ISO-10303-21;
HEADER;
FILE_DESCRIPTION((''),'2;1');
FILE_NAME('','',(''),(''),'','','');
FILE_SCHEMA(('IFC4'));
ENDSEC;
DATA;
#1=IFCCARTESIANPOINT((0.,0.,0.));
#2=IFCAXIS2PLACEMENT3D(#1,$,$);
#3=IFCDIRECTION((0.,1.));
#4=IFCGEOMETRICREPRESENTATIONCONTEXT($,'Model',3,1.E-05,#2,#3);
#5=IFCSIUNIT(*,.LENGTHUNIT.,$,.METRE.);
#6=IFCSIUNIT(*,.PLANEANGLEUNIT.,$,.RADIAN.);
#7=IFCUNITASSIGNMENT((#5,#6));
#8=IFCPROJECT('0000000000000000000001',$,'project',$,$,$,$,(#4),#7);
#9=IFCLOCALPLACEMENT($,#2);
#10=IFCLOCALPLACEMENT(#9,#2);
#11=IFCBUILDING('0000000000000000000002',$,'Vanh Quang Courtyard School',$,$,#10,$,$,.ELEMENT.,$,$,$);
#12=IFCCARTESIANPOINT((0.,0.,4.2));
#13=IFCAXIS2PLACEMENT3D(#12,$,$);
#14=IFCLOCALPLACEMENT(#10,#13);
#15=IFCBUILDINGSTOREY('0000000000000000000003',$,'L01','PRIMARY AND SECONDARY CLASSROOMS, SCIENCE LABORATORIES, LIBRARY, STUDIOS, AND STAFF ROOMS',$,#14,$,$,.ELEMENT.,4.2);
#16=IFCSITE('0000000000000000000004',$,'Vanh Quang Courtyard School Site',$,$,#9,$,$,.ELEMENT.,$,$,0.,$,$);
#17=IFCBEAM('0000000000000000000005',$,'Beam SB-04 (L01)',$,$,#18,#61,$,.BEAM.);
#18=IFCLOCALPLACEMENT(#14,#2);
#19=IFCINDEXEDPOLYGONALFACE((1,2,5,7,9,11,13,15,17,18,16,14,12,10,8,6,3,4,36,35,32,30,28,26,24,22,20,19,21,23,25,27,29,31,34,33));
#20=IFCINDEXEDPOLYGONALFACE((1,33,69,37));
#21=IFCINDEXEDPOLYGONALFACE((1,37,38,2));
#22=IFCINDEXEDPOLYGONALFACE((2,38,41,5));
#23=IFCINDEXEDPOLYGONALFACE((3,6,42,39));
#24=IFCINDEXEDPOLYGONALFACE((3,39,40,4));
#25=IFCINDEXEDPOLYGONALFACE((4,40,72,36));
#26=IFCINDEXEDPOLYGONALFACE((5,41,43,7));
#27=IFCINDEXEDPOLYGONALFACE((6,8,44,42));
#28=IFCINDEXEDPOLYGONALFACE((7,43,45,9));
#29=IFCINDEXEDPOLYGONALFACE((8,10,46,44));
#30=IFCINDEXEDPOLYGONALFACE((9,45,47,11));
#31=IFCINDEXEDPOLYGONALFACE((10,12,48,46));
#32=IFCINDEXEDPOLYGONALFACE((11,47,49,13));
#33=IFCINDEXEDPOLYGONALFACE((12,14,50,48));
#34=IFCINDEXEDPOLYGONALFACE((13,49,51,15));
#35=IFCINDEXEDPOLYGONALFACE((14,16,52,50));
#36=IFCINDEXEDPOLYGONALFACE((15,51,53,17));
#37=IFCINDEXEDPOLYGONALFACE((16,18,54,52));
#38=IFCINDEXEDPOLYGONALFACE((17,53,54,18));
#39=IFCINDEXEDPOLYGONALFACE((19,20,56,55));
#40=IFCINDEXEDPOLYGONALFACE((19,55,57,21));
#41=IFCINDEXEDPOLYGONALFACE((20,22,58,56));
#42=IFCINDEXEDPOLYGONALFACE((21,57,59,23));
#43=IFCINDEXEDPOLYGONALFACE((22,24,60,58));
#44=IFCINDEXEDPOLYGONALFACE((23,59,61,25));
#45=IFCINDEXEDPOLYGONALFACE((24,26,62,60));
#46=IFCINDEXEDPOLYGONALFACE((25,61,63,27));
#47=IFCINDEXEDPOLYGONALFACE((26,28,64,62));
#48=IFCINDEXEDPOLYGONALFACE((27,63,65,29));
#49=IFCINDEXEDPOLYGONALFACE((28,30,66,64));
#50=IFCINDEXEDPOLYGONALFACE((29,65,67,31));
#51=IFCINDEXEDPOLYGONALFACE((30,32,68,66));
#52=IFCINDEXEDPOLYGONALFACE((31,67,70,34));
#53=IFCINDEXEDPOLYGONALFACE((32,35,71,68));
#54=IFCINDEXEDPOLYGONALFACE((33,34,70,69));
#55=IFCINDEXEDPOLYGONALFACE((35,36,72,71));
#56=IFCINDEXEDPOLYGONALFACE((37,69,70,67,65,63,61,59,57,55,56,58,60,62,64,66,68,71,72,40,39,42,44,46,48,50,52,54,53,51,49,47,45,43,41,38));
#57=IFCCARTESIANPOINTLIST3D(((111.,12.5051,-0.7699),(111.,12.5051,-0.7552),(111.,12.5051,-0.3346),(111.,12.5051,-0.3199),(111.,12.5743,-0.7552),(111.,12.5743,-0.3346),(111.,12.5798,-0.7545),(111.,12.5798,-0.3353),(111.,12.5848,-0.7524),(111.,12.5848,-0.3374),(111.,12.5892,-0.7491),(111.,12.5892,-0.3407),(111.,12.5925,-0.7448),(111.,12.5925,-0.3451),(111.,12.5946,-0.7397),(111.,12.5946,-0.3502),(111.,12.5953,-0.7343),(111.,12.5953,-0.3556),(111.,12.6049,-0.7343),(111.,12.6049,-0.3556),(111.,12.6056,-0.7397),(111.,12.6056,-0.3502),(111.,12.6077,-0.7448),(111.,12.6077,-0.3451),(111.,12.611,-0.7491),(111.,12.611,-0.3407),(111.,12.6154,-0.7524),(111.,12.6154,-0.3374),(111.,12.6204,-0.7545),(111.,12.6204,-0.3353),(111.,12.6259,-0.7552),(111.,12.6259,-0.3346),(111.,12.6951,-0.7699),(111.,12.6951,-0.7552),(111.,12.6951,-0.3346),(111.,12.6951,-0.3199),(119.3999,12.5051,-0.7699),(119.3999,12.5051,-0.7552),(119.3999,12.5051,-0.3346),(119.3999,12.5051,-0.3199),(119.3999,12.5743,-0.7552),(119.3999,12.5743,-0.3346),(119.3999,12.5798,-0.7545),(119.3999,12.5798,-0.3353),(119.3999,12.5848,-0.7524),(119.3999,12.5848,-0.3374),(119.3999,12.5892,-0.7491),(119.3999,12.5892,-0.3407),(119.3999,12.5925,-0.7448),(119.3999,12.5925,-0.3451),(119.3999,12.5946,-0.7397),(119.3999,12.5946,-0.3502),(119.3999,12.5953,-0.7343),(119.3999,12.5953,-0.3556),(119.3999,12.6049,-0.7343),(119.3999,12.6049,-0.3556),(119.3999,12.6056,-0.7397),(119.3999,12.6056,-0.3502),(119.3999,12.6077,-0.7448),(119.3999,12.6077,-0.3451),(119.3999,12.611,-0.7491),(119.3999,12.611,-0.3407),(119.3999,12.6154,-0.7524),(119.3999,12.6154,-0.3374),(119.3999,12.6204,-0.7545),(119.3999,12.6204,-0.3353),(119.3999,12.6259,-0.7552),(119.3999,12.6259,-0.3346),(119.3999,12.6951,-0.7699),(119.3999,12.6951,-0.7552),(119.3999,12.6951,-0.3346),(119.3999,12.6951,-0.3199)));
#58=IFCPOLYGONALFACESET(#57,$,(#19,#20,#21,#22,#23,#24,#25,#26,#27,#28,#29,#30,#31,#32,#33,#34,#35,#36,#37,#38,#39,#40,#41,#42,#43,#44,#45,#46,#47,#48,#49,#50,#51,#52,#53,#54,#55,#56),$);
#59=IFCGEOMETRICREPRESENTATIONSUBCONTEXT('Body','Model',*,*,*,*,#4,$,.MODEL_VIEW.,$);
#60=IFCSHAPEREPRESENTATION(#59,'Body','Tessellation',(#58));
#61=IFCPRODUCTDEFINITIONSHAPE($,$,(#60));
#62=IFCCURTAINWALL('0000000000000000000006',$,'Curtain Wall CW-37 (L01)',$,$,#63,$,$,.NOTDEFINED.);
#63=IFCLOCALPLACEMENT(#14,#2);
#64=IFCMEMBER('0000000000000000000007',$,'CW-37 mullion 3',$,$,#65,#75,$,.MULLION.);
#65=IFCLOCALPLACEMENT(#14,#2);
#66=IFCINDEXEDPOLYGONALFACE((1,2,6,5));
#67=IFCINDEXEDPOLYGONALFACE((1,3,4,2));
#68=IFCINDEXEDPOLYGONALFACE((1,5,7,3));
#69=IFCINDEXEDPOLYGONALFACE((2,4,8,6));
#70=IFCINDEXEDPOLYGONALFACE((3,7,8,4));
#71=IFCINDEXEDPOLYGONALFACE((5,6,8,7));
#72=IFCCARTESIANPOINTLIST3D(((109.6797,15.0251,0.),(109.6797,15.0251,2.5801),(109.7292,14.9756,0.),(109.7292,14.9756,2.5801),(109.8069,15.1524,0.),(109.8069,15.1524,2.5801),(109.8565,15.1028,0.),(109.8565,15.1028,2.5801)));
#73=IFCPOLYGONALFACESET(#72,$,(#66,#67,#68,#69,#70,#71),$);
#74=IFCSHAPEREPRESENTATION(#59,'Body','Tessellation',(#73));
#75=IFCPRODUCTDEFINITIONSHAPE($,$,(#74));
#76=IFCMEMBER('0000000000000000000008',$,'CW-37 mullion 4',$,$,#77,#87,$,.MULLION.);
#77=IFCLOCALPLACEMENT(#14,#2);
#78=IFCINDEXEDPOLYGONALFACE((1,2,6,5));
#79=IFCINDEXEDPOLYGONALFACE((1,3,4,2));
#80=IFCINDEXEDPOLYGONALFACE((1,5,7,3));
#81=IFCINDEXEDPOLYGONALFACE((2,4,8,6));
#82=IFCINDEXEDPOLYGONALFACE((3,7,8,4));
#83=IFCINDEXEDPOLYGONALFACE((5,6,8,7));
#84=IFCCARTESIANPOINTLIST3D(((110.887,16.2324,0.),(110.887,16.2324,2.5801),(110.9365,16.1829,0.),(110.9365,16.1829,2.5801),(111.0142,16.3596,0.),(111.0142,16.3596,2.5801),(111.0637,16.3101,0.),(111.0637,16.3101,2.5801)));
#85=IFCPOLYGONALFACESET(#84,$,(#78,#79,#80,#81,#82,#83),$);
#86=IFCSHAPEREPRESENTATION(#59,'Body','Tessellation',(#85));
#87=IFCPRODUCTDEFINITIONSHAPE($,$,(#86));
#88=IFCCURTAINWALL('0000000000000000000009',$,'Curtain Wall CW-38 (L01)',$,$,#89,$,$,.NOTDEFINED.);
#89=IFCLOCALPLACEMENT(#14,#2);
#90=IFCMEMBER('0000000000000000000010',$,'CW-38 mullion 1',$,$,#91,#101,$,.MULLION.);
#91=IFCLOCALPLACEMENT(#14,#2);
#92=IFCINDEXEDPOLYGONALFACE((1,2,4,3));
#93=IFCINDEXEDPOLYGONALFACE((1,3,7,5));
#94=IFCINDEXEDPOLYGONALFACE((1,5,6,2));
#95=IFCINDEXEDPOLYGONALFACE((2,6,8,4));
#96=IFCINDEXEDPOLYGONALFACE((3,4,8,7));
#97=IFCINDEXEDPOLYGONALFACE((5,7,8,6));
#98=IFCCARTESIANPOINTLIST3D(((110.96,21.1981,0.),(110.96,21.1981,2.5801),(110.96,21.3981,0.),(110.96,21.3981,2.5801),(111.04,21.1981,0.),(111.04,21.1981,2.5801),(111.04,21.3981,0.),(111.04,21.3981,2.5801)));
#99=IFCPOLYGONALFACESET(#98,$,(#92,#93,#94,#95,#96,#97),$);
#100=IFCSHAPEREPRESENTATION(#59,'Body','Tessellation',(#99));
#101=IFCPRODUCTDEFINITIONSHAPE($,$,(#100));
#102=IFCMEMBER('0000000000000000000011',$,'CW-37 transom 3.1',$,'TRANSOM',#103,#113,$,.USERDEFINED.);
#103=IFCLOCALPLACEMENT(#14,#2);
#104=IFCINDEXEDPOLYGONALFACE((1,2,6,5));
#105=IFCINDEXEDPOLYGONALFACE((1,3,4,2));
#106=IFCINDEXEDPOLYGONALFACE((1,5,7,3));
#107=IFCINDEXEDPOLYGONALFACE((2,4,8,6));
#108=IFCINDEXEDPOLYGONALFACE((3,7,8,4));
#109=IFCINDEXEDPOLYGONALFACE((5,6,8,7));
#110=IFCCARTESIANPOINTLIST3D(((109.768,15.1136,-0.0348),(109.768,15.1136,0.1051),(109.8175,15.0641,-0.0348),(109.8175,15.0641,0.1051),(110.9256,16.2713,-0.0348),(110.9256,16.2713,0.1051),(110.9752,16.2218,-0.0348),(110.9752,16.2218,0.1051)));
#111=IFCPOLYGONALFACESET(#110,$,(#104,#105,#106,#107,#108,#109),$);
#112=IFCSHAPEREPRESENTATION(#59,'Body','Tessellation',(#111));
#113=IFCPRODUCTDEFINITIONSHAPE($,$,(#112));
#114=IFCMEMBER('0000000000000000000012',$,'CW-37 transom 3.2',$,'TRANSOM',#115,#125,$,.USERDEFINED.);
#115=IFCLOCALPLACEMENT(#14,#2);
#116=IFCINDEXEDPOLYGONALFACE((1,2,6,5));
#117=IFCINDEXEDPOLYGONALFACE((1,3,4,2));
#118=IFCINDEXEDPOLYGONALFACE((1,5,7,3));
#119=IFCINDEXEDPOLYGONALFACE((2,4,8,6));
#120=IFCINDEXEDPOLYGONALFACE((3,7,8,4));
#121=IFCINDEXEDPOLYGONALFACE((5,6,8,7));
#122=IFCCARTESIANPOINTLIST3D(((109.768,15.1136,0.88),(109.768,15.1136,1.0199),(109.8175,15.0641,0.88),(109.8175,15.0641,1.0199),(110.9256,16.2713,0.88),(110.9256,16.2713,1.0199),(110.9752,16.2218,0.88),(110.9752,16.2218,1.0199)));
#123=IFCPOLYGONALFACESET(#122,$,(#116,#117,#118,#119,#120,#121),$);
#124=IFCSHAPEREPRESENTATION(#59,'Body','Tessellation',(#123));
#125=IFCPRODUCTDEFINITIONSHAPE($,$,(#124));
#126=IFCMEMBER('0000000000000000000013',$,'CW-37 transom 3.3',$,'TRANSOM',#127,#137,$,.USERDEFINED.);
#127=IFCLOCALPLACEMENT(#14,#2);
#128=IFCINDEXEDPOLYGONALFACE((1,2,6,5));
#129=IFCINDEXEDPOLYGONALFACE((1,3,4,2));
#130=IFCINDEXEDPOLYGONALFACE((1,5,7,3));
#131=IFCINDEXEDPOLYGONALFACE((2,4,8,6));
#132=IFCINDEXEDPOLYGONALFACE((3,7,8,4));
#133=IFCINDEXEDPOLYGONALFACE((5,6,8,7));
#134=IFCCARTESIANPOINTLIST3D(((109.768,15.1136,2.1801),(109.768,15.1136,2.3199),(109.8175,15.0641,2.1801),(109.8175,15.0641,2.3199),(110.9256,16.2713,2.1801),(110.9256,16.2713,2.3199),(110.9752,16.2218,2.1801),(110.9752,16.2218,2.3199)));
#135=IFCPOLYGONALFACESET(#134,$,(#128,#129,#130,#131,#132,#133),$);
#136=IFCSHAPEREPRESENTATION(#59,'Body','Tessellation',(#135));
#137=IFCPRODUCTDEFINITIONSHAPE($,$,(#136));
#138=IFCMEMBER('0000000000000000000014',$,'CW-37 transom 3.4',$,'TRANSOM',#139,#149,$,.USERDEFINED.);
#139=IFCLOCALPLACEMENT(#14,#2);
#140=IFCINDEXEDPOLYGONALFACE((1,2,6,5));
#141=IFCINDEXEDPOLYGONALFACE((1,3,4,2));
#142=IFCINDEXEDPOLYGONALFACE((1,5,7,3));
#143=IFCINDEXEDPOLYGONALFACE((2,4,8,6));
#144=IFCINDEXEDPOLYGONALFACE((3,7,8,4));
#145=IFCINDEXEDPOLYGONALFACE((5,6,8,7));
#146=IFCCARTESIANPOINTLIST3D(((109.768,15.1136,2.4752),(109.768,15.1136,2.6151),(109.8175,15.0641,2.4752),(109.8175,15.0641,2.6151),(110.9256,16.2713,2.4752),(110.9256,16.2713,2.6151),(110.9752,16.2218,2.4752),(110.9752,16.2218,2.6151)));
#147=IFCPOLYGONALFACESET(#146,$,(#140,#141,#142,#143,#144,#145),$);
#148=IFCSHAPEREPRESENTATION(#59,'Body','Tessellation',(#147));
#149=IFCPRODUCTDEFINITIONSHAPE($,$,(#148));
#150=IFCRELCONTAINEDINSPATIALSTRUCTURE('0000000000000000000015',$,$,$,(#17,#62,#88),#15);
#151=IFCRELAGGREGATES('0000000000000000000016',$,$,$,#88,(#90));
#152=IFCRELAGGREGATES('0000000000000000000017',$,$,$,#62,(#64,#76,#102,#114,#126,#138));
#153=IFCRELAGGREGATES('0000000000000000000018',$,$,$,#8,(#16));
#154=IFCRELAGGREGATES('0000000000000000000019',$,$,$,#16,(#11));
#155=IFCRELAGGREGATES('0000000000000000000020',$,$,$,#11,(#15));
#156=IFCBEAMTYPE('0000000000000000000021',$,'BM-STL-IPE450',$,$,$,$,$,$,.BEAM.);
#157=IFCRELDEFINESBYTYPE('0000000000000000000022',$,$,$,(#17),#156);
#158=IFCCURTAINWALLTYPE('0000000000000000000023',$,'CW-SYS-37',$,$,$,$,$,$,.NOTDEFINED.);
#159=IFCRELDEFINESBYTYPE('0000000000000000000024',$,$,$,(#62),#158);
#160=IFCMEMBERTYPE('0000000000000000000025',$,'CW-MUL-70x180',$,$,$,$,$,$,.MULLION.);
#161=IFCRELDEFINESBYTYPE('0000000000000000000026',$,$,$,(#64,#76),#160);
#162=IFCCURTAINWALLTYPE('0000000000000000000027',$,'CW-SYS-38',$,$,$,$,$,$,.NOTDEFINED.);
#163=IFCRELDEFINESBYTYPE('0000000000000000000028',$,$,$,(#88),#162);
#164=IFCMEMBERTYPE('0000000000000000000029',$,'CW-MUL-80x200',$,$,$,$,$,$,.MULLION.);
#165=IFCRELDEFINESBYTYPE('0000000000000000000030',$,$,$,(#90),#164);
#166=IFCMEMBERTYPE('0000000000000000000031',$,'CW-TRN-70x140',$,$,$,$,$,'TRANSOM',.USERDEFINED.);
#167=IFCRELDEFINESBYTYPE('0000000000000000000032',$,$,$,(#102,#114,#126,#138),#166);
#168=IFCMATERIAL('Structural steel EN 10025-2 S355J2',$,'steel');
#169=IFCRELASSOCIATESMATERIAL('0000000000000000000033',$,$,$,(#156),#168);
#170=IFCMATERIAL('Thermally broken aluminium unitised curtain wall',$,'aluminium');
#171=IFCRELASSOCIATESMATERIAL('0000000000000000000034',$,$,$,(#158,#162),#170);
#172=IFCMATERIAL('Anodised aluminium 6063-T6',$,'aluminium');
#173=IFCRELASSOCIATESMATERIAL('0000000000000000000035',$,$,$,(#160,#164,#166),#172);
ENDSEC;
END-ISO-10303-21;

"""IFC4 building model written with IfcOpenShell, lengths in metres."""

from ifc_helpers import new_model, si_unit, direction, frame, origin, origin_2d, place, context, subcontext, project, spatial, rectangle, i_section, extrude, material, material_profile, profile_set, type_object, element, aggregate, save


model = new_model("IFC4")

# Units and contexts
model_context = context("Model", 3, precision=1e-05, world=origin(), true_north=direction((0.0, 1.0)))
body_context = subcontext(model_context, "Body", "Model", "MODEL_VIEW")
ifc_project = project(units=[si_unit("LENGTHUNIT", "METRE"), si_unit("PLANEANGLEUNIT", "RADIAN")], contexts=[model_context])

# Site, building, storey
site_placement = place(None, origin())
site = spatial("IfcSite", under=ifc_project, at=site_placement, Name="Vanh Quang Courtyard School Site", CompositionType="ELEMENT", RefElevation=0.0)
building_placement = place(site_placement, origin())
building = spatial("IfcBuilding", under=site, at=building_placement, Name="Vanh Quang Courtyard School", CompositionType="ELEMENT")
storey_placement = place(building_placement, frame((0.0, 0.0, 4.2)))
storey = spatial("IfcBuildingStorey", under=building, at=storey_placement, Name="L01", Description="PRIMARY AND SECONDARY CLASSROOMS, SCIENCE LABORATORIES, LIBRARY, STUDIOS, AND STAFF ROOMS", CompositionType="ELEMENT", Elevation=4.2)

# Beam
ifc_material_1 = material(Name="Structural steel EN 10025-2 S355J2", Category="steel")
ifc_material_profile_1 = material_profile(ifc_material_1, i_section(OverallWidth=0.1899, OverallDepth=0.45, WebThickness=0.0095, FlangeThickness=0.0146, FilletRadius=0.021, at=origin_2d()), Name="IPE 450")
ifc_profile_set_1 = profile_set([ifc_material_profile_1], Name="Structural steel EN 10025-2 S355J2")
beam_type_1 = type_object("IfcBeamType", Name="BM-STL-IPE450", PredefinedType="BEAM", material=ifc_profile_set_1)
beam_1_placement = place(storey_placement, frame((111.0, 12.6001, -0.5449), z_axis=(1.0, 0.0, 0.0), x_axis=(0.0, 1.0, 0.0)))
element("IfcBeam", 1, at=beam_1_placement, inside=storey, type_object=beam_type_1, Name="Beam SB-04 (L01)", PredefinedType="BEAM", context=body_context, shape_type="SweptSolid", body=[
    extrude(i_section(OverallWidth=0.1899, OverallDepth=0.45, WebThickness=0.0095, FlangeThickness=0.0146, FilletRadius=0.021, at=origin_2d()), origin(), (0.0, 0.0, 1.0), 8.3999),
])

# Curtain wall, members
ifc_material_2 = material(Name="Thermally broken aluminium unitised curtain wall", Category="aluminium")
curtain_wall_type_1 = type_object("IfcCurtainWallType", Name="CW-SYS-37", PredefinedType="NOTDEFINED", material=ifc_material_2)
curtain_wall_1_placement = place(storey_placement, origin())
curtain_wall_1 = element("IfcCurtainWall", 2, at=curtain_wall_1_placement, inside=storey, type_object=curtain_wall_type_1, Name="Curtain Wall CW-37 (L01)", PredefinedType="NOTDEFINED")
ifc_material_3 = material(Name="Anodised aluminium 6063-T6", Category="aluminium")
ifc_material_profile_2 = material_profile(ifc_material_3, rectangle(XDim=0.0701, YDim=0.1799, at=origin_2d()), Name="ALU-MUL 70x180")
ifc_profile_set_2 = profile_set([ifc_material_profile_2], Name="Anodised aluminium 6063-T6")
member_type_1 = type_object("IfcMemberType", Name="CW-MUL-70x180", PredefinedType="MULLION", material=ifc_profile_set_2)
member_1_placement = place(storey_placement, frame((109.7681, 15.064, 0.0), z_axis=(0.0, 0.0, 1.0), x_axis=(-0.707107, 0.707107, 0.0)))
member_1 = element("IfcMember", 3, at=member_1_placement, type_object=member_type_1, Name="CW-37 mullion 3", PredefinedType="MULLION", context=body_context, shape_type="SweptSolid", body=[
    extrude(rectangle(XDim=0.0701, YDim=0.1799, at=origin_2d()), origin(), (0.0, 0.0, 1.0), 2.5801),
])
member_2_placement = place(storey_placement, frame((110.9753, 16.2712, 0.0), z_axis=(0.0, 0.0, 1.0), x_axis=(-0.707107, 0.707107, 0.0)))
member_2 = element("IfcMember", 4, at=member_2_placement, type_object=member_type_1, Name="CW-37 mullion 4", PredefinedType="MULLION", context=body_context, shape_type="SweptSolid", body=[
    extrude(rectangle(XDim=0.0701, YDim=0.1799, at=origin_2d()), origin(), (0.0, 0.0, 1.0), 2.5801),
])

# Curtain wall, member
curtain_wall_type_2 = type_object("IfcCurtainWallType", Name="CW-SYS-38", PredefinedType="NOTDEFINED", material=ifc_material_2)
curtain_wall_2_placement = place(storey_placement, origin())
curtain_wall_2 = element("IfcCurtainWall", 5, at=curtain_wall_2_placement, inside=storey, type_object=curtain_wall_type_2, Name="Curtain Wall CW-38 (L01)", PredefinedType="NOTDEFINED")
ifc_material_profile_3 = material_profile(ifc_material_3, rectangle(XDim=0.0801, YDim=0.2, at=origin_2d()), Name="ALU-MUL 80x200")
ifc_profile_set_3 = profile_set([ifc_material_profile_3], Name="Anodised aluminium 6063-T6")
member_type_2 = type_object("IfcMemberType", Name="CW-MUL-80x200", PredefinedType="MULLION", material=ifc_profile_set_3)
member_3_placement = place(storey_placement, frame((111.0, 21.2981, 0.0), z_axis=(0.0, 0.0, 1.0), x_axis=(-1.0, 0.0, 0.0)))
member_3 = element("IfcMember", 6, at=member_3_placement, type_object=member_type_2, Name="CW-38 mullion 1", PredefinedType="MULLION", context=body_context, shape_type="SweptSolid", body=[
    extrude(rectangle(XDim=0.0801, YDim=0.2, at=origin_2d()), origin(), (0.0, 0.0, 1.0), 2.5801),
])
aggregate(curtain_wall_2, [member_3])

# Members
ifc_material_profile_4 = material_profile(ifc_material_3, rectangle(XDim=0.0701, YDim=0.1399, at=origin_2d()), Name="ALU-TRN 70x140")
ifc_profile_set_4 = profile_set([ifc_material_profile_4], Name="Anodised aluminium 6063-T6")
member_type_3 = type_object("IfcMemberType", Name="CW-TRN-70x140", ElementType="TRANSOM", PredefinedType="USERDEFINED", material=ifc_profile_set_4)
member_4_placement = place(storey_placement, frame((109.7927, 15.0889, 0.0352), z_axis=(0.707107, 0.707107, 0.0), x_axis=(-0.707107, 0.707107, 0.0)))
member_4 = element("IfcMember", 7, at=member_4_placement, type_object=member_type_3, Name="CW-37 transom 3.1", ObjectType="TRANSOM", PredefinedType="USERDEFINED", context=body_context, shape_type="SweptSolid", body=[
    extrude(rectangle(XDim=0.0701, YDim=0.1399, at=origin_2d()), origin(), (0.0, 0.0, 1.0), 1.6372),
])
member_5_placement = place(storey_placement, frame((109.7927, 15.0889, 0.95), z_axis=(0.707107, 0.707107, 0.0), x_axis=(-0.707107, 0.707107, 0.0)))
member_5 = element("IfcMember", 8, at=member_5_placement, type_object=member_type_3, Name="CW-37 transom 3.2", ObjectType="TRANSOM", PredefinedType="USERDEFINED", context=body_context, shape_type="SweptSolid", body=[
    extrude(rectangle(XDim=0.0701, YDim=0.1399, at=origin_2d()), origin(), (0.0, 0.0, 1.0), 1.6372),
])
member_6_placement = place(storey_placement, frame((109.7927, 15.0889, 2.25), z_axis=(0.707107, 0.707107, 0.0), x_axis=(-0.707107, 0.707107, 0.0)))
member_6 = element("IfcMember", 9, at=member_6_placement, type_object=member_type_3, Name="CW-37 transom 3.3", ObjectType="TRANSOM", PredefinedType="USERDEFINED", context=body_context, shape_type="SweptSolid", body=[
    extrude(rectangle(XDim=0.0701, YDim=0.1399, at=origin_2d()), origin(), (0.0, 0.0, 1.0), 1.6372),
])
member_7_placement = place(storey_placement, frame((109.7927, 15.0889, 2.5452), z_axis=(0.707107, 0.707107, 0.0), x_axis=(-0.707107, 0.707107, 0.0)))
member_7 = element("IfcMember", 10, at=member_7_placement, type_object=member_type_3, Name="CW-37 transom 3.4", ObjectType="TRANSOM", PredefinedType="USERDEFINED", context=body_context, shape_type="SweptSolid", body=[
    extrude(rectangle(XDim=0.0701, YDim=0.1399, at=origin_2d()), origin(), (0.0, 0.0, 1.0), 1.6372),
])

aggregate(curtain_wall_1, [member_1, member_2, member_4, member_5, member_6, member_7])

save(model, "model.ifc")
